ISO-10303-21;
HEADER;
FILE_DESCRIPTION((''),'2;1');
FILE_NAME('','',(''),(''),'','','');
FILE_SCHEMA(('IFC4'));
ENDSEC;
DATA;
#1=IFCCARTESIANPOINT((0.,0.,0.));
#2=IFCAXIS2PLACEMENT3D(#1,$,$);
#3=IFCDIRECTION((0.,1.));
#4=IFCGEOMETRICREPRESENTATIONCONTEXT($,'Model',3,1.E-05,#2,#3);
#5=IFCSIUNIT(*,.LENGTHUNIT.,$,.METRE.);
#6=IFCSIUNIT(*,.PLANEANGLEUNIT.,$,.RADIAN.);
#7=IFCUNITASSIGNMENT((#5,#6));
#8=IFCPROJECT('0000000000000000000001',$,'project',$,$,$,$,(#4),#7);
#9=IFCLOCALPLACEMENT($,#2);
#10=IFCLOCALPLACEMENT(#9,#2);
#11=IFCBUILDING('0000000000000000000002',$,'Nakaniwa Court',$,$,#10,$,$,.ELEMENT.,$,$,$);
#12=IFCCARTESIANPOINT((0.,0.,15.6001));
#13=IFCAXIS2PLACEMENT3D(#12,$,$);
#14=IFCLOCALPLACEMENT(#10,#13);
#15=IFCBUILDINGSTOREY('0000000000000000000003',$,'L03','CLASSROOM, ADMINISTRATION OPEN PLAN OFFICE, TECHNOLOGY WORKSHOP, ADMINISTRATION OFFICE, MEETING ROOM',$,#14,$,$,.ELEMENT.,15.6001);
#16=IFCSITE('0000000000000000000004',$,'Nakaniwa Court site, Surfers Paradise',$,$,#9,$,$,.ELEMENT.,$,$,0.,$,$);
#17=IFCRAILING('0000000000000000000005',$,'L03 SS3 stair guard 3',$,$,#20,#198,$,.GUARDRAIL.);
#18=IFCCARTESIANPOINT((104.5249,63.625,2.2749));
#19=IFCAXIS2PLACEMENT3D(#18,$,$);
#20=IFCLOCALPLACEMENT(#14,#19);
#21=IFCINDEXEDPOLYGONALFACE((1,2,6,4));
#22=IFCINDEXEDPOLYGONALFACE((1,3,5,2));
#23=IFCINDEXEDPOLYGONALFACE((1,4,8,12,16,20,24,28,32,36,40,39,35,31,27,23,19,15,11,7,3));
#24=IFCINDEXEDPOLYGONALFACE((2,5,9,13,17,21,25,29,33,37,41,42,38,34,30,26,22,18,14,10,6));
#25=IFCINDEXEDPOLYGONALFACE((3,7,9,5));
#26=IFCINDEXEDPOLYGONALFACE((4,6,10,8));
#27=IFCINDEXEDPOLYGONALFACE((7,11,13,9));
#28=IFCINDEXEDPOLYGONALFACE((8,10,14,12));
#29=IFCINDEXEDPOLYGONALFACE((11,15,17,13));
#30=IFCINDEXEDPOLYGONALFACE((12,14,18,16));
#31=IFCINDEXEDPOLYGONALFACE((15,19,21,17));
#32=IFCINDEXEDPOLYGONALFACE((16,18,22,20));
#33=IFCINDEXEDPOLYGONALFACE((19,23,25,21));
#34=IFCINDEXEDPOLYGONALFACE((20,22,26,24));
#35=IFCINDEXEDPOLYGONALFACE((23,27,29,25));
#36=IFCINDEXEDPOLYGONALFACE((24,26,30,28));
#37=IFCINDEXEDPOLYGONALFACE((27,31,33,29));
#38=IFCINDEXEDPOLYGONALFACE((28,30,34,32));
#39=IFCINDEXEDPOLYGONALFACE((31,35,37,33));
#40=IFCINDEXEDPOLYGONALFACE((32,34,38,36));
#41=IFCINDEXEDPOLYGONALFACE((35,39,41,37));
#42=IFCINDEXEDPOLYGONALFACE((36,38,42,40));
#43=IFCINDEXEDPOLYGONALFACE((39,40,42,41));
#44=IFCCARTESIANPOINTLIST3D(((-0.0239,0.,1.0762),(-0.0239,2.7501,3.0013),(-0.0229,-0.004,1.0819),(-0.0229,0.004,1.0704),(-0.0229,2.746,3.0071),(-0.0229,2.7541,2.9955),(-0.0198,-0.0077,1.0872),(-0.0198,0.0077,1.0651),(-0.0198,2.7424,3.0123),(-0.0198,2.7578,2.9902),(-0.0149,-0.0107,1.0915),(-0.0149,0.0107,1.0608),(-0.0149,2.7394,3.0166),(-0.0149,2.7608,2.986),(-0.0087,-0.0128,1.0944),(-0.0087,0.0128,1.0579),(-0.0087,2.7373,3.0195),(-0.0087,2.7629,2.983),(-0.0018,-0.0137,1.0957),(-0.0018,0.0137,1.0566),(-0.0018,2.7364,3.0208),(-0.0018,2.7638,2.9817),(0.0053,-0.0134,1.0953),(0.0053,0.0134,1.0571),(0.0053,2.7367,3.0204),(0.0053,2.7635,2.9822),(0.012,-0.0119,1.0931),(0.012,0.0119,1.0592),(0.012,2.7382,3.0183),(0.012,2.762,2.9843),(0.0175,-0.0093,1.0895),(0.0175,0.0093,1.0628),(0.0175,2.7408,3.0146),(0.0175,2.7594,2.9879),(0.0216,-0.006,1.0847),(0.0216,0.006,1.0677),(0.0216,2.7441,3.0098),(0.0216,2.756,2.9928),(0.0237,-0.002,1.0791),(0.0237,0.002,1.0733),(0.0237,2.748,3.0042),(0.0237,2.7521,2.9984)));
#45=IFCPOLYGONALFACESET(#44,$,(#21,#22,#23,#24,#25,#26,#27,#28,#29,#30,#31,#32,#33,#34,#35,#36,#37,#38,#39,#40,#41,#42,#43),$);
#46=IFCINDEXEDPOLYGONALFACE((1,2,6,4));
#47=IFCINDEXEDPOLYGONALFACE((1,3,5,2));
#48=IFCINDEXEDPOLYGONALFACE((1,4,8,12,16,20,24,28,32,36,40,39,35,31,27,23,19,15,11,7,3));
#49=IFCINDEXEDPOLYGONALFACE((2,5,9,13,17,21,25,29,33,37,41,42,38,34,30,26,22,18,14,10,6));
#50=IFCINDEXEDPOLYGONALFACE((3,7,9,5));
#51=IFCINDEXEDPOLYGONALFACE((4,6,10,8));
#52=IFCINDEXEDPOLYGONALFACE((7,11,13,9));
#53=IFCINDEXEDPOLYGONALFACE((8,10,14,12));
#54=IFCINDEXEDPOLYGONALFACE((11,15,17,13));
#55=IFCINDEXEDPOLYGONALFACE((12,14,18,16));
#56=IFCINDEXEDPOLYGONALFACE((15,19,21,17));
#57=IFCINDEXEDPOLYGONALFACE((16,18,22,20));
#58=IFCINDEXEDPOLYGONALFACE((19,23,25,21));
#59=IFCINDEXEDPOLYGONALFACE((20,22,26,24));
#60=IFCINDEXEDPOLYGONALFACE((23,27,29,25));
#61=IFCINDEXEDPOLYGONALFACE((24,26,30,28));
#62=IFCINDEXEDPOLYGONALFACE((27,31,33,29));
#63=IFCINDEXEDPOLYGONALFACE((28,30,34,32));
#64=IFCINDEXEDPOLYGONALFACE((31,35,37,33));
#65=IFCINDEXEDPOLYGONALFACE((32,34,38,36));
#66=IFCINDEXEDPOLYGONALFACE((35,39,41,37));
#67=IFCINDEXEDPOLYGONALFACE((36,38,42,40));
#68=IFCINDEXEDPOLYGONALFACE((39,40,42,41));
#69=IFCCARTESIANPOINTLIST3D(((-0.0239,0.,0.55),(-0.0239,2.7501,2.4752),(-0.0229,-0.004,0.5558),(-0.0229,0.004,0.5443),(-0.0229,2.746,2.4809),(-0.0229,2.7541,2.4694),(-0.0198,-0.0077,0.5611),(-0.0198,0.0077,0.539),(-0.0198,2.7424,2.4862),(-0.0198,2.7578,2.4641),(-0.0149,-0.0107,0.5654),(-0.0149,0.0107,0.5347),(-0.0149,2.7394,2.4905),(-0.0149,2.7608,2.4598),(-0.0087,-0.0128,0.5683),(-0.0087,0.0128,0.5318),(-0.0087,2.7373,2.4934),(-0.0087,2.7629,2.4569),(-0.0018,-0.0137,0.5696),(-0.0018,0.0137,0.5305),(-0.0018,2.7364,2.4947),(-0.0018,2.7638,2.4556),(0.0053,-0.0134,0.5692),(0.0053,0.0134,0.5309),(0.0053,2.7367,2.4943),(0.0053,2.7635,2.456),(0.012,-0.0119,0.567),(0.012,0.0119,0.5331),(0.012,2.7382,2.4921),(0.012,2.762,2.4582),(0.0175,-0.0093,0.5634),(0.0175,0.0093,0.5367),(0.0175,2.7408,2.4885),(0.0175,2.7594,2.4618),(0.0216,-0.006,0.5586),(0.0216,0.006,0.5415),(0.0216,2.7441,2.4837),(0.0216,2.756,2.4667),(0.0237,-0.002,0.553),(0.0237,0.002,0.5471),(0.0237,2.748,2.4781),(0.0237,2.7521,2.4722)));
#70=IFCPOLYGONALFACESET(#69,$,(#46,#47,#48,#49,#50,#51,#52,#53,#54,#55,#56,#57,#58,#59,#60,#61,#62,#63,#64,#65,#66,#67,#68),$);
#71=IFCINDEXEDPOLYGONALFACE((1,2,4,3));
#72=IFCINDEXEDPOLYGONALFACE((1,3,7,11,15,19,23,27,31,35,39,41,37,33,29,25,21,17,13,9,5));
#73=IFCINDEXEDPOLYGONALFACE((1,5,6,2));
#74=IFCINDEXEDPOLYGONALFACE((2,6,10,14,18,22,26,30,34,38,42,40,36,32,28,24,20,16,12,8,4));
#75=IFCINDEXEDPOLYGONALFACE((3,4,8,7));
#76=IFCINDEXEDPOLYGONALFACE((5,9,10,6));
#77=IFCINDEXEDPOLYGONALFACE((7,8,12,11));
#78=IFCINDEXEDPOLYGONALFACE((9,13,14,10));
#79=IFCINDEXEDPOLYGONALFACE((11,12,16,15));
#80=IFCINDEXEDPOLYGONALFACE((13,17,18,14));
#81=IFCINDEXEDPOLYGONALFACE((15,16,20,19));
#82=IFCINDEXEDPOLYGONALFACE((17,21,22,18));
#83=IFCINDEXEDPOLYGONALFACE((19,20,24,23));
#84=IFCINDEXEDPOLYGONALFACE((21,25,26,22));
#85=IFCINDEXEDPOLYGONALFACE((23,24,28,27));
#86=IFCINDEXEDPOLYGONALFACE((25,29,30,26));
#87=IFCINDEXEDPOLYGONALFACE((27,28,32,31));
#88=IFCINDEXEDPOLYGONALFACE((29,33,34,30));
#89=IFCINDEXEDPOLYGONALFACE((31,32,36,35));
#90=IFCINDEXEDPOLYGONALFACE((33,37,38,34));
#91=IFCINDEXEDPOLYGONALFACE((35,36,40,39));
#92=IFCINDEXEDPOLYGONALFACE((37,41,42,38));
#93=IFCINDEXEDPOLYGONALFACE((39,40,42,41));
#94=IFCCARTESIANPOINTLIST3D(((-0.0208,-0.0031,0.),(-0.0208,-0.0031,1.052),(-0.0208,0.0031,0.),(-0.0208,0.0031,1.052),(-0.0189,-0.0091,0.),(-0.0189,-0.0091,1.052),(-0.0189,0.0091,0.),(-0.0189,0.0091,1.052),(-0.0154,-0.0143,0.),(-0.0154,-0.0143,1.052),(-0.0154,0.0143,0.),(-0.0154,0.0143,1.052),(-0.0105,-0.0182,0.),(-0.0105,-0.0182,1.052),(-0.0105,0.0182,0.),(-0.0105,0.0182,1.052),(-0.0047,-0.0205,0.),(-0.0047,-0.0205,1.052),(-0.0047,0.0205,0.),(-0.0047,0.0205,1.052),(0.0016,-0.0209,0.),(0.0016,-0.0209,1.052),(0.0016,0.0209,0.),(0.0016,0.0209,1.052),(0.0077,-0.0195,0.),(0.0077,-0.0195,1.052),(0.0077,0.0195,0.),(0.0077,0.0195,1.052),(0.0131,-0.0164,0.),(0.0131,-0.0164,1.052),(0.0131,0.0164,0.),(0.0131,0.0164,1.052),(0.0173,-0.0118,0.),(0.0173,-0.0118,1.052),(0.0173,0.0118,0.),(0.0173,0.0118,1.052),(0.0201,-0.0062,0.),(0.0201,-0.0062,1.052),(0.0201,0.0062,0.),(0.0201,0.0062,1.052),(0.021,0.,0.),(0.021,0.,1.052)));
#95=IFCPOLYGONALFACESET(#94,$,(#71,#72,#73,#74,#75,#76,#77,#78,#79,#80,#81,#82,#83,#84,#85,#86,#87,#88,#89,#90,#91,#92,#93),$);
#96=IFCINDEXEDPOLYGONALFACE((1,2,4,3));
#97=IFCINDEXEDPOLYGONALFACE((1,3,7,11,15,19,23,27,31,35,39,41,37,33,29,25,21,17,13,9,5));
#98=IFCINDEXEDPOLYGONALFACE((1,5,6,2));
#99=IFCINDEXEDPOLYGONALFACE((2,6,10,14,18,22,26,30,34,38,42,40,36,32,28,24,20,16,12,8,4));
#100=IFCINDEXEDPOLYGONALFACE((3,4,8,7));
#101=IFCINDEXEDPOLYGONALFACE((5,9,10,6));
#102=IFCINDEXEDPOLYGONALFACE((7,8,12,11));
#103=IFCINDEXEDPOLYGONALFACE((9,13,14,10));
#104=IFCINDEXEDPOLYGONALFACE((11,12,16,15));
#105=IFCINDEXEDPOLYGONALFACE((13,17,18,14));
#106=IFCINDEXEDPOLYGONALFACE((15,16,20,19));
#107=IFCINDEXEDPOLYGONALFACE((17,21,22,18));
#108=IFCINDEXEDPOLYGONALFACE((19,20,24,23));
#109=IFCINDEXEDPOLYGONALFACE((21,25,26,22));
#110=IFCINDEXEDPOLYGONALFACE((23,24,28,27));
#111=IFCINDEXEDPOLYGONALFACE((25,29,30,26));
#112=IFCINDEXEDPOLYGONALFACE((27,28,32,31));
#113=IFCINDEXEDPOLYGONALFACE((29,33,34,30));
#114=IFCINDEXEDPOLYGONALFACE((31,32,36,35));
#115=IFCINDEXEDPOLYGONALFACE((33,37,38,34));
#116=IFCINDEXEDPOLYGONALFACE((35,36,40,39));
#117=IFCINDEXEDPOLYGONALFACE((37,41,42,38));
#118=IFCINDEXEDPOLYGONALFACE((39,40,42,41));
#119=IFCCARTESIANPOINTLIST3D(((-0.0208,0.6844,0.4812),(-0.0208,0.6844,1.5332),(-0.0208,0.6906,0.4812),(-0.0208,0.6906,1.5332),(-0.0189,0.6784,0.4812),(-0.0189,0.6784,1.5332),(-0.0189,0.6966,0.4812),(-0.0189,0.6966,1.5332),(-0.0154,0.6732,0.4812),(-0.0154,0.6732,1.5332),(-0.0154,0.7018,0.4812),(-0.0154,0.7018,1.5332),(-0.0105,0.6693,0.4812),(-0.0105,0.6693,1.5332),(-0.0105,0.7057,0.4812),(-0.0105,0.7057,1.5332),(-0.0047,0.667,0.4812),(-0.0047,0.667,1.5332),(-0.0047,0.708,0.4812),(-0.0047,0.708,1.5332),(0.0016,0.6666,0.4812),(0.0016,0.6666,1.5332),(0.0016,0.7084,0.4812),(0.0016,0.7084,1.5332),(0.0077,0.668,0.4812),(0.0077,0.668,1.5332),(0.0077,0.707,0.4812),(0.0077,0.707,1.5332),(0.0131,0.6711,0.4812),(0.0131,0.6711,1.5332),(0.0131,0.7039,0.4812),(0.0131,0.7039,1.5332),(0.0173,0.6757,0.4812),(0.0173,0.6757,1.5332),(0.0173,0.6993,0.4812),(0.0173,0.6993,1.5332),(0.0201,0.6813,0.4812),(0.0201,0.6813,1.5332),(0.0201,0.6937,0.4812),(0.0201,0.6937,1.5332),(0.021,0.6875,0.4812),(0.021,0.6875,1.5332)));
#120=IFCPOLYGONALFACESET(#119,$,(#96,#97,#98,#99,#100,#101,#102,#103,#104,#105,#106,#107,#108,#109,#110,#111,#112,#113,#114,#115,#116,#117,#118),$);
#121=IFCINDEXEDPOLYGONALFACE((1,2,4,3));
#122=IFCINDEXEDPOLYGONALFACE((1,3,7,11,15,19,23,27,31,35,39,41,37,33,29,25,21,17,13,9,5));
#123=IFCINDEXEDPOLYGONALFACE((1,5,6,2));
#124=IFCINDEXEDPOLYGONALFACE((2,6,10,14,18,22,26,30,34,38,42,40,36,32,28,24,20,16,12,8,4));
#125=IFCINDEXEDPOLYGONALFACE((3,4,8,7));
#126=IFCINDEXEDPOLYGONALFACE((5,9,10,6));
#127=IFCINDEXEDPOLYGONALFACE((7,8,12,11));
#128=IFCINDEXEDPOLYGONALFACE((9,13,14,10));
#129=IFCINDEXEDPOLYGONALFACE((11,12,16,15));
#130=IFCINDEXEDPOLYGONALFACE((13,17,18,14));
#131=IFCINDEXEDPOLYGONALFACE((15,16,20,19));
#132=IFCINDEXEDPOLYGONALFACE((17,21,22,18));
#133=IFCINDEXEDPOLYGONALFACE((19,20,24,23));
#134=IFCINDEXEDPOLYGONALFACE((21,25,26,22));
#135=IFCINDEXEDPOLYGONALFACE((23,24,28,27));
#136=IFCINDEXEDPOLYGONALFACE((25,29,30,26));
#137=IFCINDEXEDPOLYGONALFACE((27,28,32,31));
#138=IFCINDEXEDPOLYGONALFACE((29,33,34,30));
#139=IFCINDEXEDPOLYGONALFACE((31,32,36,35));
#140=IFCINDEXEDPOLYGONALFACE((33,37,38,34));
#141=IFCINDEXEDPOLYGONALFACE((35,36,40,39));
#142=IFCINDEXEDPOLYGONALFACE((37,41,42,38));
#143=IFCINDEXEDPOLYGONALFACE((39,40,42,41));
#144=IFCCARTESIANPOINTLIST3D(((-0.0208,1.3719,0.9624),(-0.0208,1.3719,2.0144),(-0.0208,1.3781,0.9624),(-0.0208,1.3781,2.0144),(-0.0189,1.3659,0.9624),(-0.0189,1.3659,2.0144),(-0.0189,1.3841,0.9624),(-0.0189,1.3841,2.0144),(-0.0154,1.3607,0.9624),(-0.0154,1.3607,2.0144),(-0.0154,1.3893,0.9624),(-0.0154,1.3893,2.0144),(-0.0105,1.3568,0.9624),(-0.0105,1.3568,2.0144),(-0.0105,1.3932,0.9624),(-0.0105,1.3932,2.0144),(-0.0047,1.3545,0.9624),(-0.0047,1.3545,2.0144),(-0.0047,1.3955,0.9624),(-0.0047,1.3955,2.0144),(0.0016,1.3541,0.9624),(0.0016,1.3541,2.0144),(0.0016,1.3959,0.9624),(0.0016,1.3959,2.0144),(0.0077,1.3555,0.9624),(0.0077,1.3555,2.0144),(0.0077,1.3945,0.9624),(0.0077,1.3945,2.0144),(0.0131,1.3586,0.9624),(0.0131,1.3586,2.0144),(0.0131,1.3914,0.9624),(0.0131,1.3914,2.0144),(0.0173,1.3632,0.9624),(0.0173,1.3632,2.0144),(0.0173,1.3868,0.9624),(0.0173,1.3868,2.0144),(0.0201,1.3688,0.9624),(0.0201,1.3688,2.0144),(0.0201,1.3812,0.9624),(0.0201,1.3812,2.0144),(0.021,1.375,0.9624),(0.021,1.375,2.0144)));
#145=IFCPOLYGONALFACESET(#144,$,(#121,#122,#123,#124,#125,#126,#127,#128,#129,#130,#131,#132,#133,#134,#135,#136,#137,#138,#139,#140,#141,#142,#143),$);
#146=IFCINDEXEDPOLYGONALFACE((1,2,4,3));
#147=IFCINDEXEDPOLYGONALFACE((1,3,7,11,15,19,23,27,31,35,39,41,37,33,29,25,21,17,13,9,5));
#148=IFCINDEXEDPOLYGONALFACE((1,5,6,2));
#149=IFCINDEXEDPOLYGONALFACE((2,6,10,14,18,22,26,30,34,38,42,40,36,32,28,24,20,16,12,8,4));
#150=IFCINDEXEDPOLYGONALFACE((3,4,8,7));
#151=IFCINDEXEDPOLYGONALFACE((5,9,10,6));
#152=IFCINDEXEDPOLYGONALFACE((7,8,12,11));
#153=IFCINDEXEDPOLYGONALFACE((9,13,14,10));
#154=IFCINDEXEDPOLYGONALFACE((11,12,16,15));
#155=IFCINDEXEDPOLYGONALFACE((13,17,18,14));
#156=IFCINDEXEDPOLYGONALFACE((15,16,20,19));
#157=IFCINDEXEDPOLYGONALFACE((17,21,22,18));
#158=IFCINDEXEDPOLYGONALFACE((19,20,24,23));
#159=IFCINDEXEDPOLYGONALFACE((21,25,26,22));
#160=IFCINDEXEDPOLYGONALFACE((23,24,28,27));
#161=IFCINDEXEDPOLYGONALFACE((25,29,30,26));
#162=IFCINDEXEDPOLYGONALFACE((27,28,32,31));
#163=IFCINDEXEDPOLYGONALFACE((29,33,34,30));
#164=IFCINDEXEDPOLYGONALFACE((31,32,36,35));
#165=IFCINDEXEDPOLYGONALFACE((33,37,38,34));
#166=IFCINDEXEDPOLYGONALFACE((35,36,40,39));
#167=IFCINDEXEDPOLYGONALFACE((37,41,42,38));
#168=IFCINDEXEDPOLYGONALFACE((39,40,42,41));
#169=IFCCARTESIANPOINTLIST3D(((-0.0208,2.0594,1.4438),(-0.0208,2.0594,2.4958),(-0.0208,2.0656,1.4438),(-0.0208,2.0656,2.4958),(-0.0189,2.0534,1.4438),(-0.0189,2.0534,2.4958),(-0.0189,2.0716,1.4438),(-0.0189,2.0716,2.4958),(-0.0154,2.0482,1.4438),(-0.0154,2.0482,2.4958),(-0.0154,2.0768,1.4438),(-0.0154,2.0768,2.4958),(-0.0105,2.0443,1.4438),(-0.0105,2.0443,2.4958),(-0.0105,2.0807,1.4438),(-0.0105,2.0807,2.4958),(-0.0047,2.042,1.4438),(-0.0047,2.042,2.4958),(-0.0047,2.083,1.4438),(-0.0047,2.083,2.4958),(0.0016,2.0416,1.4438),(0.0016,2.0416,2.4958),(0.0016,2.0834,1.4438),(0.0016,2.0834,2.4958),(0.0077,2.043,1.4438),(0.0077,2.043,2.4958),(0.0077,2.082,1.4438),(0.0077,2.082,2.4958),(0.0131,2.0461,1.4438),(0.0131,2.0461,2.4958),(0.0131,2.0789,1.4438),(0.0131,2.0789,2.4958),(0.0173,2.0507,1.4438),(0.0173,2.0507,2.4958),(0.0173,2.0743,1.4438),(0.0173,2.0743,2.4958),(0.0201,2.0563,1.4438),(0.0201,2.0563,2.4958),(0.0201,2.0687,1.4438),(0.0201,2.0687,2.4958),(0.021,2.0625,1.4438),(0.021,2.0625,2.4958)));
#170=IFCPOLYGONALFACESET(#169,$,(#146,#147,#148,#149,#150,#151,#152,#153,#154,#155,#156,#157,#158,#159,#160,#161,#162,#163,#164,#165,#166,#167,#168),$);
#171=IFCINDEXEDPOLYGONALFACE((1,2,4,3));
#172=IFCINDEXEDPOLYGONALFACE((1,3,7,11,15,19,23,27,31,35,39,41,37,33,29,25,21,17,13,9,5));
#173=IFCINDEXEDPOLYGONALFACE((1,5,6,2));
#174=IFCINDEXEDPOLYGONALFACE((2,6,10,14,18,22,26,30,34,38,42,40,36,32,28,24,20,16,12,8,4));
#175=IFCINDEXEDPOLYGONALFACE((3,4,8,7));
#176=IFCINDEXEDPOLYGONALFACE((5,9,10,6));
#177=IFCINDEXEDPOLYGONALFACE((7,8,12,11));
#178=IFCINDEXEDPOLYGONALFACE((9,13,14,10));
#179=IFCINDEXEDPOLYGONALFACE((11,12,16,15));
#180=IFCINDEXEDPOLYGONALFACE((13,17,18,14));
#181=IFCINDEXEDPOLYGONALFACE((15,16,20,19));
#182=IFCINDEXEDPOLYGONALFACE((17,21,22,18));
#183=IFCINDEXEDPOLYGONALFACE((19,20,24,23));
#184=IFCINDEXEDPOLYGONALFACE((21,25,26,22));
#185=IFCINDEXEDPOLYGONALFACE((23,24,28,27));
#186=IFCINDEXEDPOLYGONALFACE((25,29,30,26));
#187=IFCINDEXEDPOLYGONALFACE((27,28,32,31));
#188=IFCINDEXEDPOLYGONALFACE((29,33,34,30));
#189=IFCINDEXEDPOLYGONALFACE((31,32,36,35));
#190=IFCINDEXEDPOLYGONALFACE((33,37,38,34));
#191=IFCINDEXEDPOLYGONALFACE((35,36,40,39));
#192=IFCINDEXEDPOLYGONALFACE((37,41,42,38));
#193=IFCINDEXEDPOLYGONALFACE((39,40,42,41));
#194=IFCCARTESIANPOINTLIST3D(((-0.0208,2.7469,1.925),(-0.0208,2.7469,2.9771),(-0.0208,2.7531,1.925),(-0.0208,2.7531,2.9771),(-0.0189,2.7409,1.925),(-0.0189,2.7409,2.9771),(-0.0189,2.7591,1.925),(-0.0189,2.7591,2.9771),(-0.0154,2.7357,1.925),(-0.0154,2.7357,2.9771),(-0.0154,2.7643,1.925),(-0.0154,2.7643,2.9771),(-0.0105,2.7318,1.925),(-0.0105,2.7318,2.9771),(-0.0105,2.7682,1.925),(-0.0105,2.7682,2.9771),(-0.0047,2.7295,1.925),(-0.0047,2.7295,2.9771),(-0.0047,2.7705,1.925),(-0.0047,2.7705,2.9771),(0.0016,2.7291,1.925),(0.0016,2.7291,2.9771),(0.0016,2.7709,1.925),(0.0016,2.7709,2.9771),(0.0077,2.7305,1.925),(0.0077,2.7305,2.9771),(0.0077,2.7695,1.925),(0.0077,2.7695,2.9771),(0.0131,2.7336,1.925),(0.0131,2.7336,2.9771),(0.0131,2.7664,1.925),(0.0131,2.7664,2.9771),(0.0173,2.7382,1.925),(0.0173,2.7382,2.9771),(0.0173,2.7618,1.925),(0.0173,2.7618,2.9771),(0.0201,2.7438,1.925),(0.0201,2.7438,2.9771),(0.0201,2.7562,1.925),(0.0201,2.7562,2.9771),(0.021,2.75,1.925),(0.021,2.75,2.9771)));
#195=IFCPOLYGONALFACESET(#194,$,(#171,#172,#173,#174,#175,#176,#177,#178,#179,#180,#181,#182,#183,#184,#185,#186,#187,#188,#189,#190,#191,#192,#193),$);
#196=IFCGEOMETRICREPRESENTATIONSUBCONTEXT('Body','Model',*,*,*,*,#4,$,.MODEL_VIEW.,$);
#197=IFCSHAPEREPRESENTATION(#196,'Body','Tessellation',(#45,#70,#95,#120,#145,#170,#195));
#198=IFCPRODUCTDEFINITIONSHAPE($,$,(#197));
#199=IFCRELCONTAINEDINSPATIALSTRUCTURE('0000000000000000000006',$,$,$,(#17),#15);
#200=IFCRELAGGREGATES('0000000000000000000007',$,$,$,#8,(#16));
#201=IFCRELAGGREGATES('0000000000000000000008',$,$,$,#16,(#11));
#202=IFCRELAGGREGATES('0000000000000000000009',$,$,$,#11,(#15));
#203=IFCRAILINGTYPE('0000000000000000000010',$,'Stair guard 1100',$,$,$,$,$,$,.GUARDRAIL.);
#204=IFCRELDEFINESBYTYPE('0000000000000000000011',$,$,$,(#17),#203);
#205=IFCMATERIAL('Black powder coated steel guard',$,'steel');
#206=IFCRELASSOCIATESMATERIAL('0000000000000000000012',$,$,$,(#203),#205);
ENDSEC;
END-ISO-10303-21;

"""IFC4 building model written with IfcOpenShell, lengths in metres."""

from ifc_helpers import new_model, si_unit, direction, frame, origin, origin_2d, place, context, subcontext, project, spatial, circle, extrude, material, type_object, element, save


model = new_model("IFC4")

# Units and contexts
model_context = context("Model", 3, precision=1e-05, world=origin(), true_north=direction((0.0, 1.0)))
body_context = subcontext(model_context, "Body", "Model", "MODEL_VIEW")
ifc_project = project(units=[si_unit("LENGTHUNIT", "METRE"), si_unit("PLANEANGLEUNIT", "RADIAN")], contexts=[model_context])

# Site, building, storey
site_placement = place(None, origin())
site = spatial("IfcSite", under=ifc_project, at=site_placement, Name="Nakaniwa Court site, Surfers Paradise", CompositionType="ELEMENT", RefElevation=0.0)
building_placement = place(site_placement, origin())
building = spatial("IfcBuilding", under=site, at=building_placement, Name="Nakaniwa Court", CompositionType="ELEMENT")
storey_placement = place(building_placement, frame((0.0, 0.0, 15.6001)))
storey = spatial("IfcBuildingStorey", under=building, at=storey_placement, Name="L03", Description="CLASSROOM, ADMINISTRATION OPEN PLAN OFFICE, TECHNOLOGY WORKSHOP, ADMINISTRATION OFFICE, MEETING ROOM", CompositionType="ELEMENT", Elevation=15.6001)

# Railing
ifc_material_1 = material(Name="Black powder coated steel guard", Category="steel")
railing_type_1 = type_object("IfcRailingType", Name="Stair guard 1100", PredefinedType="GUARDRAIL", material=ifc_material_1)
railing_1_placement = place(storey_placement, frame((104.5249, 63.625, 2.2749)))
element("IfcRailing", 1, at=railing_1_placement, inside=storey, type_object=railing_type_1, Name="L03 SS3 stair guard 3", PredefinedType="GUARDRAIL", context=body_context, shape_type="SweptSolid", body=[
    extrude(circle(Radius=0.0239, at=origin_2d()), frame((0.0, 0.0, 1.0762), z_axis=(0.0, 0.819225, 0.573472), x_axis=(-1.0, 0.0, 0.0)), (0.0, 0.0, 1.0), 3.3569),
    extrude(circle(Radius=0.0239, at=origin_2d()), frame((0.0, 0.0, 0.55), z_axis=(0.0, 0.819225, 0.573472), x_axis=(-1.0, 0.0, 0.0)), (0.0, 0.0, 1.0), 3.3569),
    extrude(circle(Radius=0.021, at=origin_2d()), origin(), (0.0, 0.0, 1.0), 1.052),
    extrude(circle(Radius=0.021, at=origin_2d()), frame((0.0, 0.6875, 0.4812)), (0.0, 0.0, 1.0), 1.052),
    extrude(circle(Radius=0.021, at=origin_2d()), frame((0.0, 1.375, 0.9624)), (0.0, 0.0, 1.0), 1.052),
    extrude(circle(Radius=0.021, at=origin_2d()), frame((0.0, 2.0625, 1.4438)), (0.0, 0.0, 1.0), 1.052),
    extrude(circle(Radius=0.021, at=origin_2d()), frame((0.0, 2.75, 1.925)), (0.0, 0.0, 1.0), 1.052),
])

save(model, "model.ifc")
